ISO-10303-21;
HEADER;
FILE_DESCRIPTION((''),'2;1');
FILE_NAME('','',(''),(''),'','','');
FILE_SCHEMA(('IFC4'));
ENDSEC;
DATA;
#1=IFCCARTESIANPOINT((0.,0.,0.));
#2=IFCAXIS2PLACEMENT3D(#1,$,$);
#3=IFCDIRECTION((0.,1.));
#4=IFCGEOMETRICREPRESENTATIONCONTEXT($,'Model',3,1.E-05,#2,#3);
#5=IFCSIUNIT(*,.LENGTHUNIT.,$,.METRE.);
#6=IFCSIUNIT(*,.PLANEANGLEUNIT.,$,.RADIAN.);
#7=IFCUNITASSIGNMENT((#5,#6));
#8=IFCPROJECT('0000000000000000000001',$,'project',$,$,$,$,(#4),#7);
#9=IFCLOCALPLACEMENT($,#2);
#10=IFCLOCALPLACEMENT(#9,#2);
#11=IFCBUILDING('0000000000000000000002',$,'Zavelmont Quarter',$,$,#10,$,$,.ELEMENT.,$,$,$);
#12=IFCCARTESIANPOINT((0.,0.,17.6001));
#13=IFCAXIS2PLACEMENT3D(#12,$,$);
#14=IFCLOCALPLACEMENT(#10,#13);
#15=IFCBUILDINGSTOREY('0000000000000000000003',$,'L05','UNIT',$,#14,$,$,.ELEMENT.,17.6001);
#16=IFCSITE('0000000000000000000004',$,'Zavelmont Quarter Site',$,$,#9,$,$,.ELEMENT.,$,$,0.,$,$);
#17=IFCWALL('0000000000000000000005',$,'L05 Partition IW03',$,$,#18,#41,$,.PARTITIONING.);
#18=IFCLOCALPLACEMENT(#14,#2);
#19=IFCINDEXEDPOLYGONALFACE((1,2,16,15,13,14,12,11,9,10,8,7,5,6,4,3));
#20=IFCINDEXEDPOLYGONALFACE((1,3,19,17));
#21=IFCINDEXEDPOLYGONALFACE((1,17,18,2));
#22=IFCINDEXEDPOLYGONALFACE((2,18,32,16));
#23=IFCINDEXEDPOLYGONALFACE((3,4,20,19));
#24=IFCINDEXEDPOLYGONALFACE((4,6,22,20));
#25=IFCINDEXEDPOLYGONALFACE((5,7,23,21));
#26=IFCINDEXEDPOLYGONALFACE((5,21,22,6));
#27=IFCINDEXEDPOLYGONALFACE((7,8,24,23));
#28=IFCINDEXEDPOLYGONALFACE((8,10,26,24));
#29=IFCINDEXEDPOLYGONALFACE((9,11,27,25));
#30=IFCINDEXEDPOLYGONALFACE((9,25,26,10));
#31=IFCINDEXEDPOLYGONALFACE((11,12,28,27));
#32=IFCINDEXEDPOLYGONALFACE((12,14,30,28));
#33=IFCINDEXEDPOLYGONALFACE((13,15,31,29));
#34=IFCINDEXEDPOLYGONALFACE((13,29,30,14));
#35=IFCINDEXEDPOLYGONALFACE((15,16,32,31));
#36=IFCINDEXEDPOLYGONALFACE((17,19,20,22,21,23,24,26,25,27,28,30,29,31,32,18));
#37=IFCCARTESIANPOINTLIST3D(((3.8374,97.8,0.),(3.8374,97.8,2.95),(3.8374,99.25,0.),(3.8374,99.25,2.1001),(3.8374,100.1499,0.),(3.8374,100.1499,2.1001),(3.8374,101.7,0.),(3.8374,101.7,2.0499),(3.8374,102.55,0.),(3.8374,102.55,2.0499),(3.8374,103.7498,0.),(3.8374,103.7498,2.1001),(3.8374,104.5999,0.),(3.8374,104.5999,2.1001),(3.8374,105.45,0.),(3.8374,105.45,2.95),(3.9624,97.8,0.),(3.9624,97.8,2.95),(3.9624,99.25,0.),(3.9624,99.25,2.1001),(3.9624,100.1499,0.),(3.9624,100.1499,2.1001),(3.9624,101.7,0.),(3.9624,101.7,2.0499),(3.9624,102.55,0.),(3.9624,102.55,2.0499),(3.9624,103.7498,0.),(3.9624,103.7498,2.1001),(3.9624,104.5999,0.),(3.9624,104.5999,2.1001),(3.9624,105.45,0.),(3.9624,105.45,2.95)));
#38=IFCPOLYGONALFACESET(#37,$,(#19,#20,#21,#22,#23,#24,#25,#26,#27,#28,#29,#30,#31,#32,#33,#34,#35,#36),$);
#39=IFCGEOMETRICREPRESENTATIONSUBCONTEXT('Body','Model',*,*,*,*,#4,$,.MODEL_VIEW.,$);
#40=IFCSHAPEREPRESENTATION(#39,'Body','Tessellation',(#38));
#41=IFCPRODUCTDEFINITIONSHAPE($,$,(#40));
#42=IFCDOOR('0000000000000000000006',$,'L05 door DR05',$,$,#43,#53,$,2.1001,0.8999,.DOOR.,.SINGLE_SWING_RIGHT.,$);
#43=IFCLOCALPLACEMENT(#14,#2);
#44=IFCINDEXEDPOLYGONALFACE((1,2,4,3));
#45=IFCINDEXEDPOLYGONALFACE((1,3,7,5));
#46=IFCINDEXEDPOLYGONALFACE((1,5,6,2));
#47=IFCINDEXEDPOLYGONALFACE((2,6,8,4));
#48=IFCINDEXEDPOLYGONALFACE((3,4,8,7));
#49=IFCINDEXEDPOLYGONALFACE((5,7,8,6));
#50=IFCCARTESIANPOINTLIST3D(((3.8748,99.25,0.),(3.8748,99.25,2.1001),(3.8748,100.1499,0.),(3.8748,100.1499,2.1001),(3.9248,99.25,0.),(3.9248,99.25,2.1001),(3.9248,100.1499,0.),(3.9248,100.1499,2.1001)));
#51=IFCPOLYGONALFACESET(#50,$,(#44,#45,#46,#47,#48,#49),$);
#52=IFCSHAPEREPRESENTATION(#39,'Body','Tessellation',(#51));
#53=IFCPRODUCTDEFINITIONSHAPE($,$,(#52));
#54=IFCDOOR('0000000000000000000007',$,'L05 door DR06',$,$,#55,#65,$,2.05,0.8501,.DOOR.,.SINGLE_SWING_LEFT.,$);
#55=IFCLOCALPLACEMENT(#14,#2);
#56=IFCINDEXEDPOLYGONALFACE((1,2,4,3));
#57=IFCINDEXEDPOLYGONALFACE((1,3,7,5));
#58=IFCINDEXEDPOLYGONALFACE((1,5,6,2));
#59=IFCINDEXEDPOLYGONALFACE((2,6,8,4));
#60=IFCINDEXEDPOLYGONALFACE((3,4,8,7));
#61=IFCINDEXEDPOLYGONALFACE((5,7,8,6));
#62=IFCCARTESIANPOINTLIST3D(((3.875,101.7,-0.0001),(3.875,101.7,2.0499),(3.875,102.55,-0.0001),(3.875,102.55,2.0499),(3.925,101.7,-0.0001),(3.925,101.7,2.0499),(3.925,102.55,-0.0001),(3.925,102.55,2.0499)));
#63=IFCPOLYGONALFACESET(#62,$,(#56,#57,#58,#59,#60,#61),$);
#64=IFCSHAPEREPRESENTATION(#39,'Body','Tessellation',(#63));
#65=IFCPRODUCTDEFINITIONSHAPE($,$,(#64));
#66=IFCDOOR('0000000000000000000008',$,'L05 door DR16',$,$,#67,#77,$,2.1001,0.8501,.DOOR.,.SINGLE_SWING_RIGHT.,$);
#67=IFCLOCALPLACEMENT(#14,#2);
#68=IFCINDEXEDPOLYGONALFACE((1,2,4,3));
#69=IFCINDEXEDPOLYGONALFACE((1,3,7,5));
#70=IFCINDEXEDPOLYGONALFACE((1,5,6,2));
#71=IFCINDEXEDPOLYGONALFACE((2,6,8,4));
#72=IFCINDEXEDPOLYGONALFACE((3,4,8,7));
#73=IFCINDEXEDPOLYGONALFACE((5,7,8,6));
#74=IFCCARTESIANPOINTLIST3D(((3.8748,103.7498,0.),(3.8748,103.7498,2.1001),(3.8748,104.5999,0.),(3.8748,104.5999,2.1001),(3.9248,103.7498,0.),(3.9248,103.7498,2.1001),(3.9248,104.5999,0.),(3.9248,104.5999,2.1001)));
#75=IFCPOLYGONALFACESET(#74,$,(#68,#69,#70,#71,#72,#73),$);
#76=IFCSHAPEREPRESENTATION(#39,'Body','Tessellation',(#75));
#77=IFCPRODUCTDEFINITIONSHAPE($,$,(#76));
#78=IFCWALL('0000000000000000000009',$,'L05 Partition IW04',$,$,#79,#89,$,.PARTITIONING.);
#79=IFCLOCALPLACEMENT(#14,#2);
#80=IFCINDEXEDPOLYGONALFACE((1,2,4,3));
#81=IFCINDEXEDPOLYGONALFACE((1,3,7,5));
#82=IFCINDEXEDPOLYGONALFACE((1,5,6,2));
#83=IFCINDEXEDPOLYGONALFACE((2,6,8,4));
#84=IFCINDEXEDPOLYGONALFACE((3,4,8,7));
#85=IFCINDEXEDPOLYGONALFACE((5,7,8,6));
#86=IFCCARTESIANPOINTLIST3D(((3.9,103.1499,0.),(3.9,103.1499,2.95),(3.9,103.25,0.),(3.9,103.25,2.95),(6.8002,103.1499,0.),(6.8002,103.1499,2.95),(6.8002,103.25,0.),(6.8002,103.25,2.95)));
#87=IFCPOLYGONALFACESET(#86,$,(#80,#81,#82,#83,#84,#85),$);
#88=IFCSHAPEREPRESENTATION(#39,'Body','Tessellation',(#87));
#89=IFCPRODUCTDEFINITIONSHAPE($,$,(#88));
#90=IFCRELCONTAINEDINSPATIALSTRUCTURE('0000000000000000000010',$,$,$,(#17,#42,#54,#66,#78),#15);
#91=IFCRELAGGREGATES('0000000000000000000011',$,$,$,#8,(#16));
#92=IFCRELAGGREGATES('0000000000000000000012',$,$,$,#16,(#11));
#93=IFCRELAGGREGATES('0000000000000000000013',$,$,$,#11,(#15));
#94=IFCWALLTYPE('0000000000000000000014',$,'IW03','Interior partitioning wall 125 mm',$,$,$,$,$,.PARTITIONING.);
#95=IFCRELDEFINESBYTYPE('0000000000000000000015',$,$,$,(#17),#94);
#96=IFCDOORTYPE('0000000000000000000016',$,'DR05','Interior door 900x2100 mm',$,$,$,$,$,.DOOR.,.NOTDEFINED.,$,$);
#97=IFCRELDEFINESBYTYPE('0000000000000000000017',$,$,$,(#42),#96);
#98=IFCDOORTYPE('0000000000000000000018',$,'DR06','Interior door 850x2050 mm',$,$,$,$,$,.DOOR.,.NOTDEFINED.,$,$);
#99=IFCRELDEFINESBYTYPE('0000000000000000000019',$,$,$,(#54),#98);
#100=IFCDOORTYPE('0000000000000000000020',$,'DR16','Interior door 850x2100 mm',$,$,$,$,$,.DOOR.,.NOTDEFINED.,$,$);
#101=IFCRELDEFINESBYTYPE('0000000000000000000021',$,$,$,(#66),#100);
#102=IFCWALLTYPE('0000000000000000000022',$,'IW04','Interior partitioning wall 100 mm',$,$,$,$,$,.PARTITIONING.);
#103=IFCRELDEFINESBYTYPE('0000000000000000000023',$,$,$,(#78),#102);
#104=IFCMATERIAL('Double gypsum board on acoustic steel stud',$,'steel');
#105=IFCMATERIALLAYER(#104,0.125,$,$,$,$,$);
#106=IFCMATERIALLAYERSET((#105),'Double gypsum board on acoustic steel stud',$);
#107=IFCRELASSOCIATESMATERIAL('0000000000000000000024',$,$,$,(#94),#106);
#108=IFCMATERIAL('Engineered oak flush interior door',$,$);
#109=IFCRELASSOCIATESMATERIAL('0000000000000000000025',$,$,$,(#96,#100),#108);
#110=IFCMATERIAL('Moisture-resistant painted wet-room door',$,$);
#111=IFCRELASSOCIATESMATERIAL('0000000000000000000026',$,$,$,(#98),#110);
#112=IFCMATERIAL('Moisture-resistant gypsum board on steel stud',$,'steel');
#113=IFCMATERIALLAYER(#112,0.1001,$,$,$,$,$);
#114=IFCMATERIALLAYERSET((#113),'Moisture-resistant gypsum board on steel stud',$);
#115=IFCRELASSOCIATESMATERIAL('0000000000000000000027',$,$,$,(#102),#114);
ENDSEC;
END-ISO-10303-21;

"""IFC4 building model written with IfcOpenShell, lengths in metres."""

from ifc_helpers import new_model, si_unit, direction, frame, frame_2d, origin, origin_with_axes, place, context, subcontext, project, spatial, rectangle, extrude, material, layer, layer_set, type_object, element, fill, save


model = new_model("IFC4")

# Units and contexts
model_context = context("Model", 3, precision=1e-05, world=origin(), true_north=direction((0.0, 1.0)))
body_context = subcontext(model_context, "Body", "Model", "MODEL_VIEW")
ifc_project = project(units=[si_unit("LENGTHUNIT", "METRE"), si_unit("PLANEANGLEUNIT", "RADIAN")], contexts=[model_context])

# Site, building, storey
site_placement = place(None, origin())
site = spatial("IfcSite", under=ifc_project, at=site_placement, Name="Zavelmont Quarter Site", CompositionType="ELEMENT", RefElevation=0.0)
building_placement = place(site_placement, origin())
building = spatial("IfcBuilding", under=site, at=building_placement, Name="Zavelmont Quarter", CompositionType="ELEMENT")
storey_placement = place(building_placement, frame((0.0, 0.0, 17.6001)))
storey = spatial("IfcBuildingStorey", under=building, at=storey_placement, Name="L05", Description="UNIT", CompositionType="ELEMENT", Elevation=17.6001)

# Wall, openings, doors
ifc_material_1 = material(Name="Double gypsum board on acoustic steel stud", Category="steel")
ifc_layer_1 = layer(ifc_material_1, 0.125)
ifc_layer_set_1 = layer_set([ifc_layer_1], Name="Double gypsum board on acoustic steel stud")
wall_type_1 = type_object("IfcWallType", Name="IW03", Description="Interior partitioning wall 125 mm", PredefinedType="PARTITIONING", material=ifc_layer_set_1)
wall_1_placement = place(storey_placement, frame((3.8999, 105.45, 0.0), z_axis=(0.0, 0.0, 1.0), x_axis=(0.0, -1.0, 0.0)))
wall_1 = element("IfcWall", 1, at=wall_1_placement, inside=storey, type_object=wall_type_1, Name="L05 Partition IW03", PredefinedType="PARTITIONING", context=body_context, shape_type="SweptSolid", body=[
    extrude(rectangle(XDim=7.6499, YDim=0.125, at=frame_2d((3.825, 0.0))), origin(), (0.0, 0.0, 1.0), 2.95),
])
opening_1_placement = place(wall_1_placement, frame((0.8501, 0.0, 0.0)))
opening_1 = element("IfcOpeningElement", 2, at=opening_1_placement, cuts=wall_1, PredefinedType="OPENING", context=body_context, shape_type="SweptSolid", body=[
    extrude(rectangle(XDim=0.8501, YDim=2.1001, at=frame_2d((0.425, 1.05))), frame((0.0, 0.0745, 0.0), z_axis=(0.0, -1.0, 0.0), x_axis=(1.0, 0.0, 0.0)), (0.0, 0.0, 1.0), 0.1489),
])
opening_2_placement = place(wall_1_placement, frame((2.8999, 0.0, 0.0)))
opening_2 = element("IfcOpeningElement", 3, at=opening_2_placement, cuts=wall_1, PredefinedType="OPENING", context=body_context, shape_type="SweptSolid", body=[
    extrude(rectangle(XDim=0.8501, YDim=2.05, at=frame_2d((0.425, 1.0249))), frame((0.0, 0.0745, 0.0), z_axis=(0.0, -1.0, 0.0), x_axis=(1.0, 0.0, 0.0)), (0.0, 0.0, 1.0), 0.1489),
])
opening_3_placement = place(wall_1_placement, frame((5.3, 0.0, 0.0)))
opening_3 = element("IfcOpeningElement", 4, at=opening_3_placement, cuts=wall_1, PredefinedType="OPENING", context=body_context, shape_type="SweptSolid", body=[
    extrude(rectangle(XDim=0.8999, YDim=2.1001, at=frame_2d((0.45, 1.05))), frame((0.0, 0.0745, 0.0), z_axis=(0.0, -1.0, 0.0), x_axis=(1.0, 0.0, 0.0)), (0.0, 0.0, 1.0), 0.1489),
])
ifc_material_2 = material(Name="Engineered oak flush interior door")
door_type_1 = type_object("IfcDoorType", Name="DR05", Description="Interior door 900x2100 mm", OperationType="NOTDEFINED", PredefinedType="DOOR", material=ifc_material_2)
door_1_placement = place(opening_3_placement, origin_with_axes())
door_1 = element("IfcDoor", 5, at=door_1_placement, inside=storey, type_object=door_type_1, Name="L05 door DR05", OperationType="SINGLE_SWING_RIGHT", OverallHeight=2.1001, OverallWidth=0.8999, PredefinedType="DOOR", context=body_context, shape_type="SweptSolid", body=[
    extrude(rectangle(XDim=0.8999, YDim=2.1001, at=frame_2d((0.45, 1.05))), frame((0.0, 0.0249, 0.0), z_axis=(0.0, -1.0, 0.0), x_axis=(1.0, 0.0, 0.0)), (0.0, 0.0, 1.0), 0.05),
])
fill(opening_3, door_1)
ifc_material_3 = material(Name="Moisture-resistant painted wet-room door")
door_type_2 = type_object("IfcDoorType", Name="DR06", Description="Interior door 850x2050 mm", OperationType="NOTDEFINED", PredefinedType="DOOR", material=ifc_material_3)
door_2_placement = place(opening_2_placement, frame((0.8501, 0.0, 0.0), z_axis=(0.0, 0.0, 1.0), x_axis=(-1.0, 0.0, 0.0)))
door_2 = element("IfcDoor", 6, at=door_2_placement, inside=storey, type_object=door_type_2, Name="L05 door DR06", OperationType="SINGLE_SWING_LEFT", OverallHeight=2.05, OverallWidth=0.8501, PredefinedType="DOOR", context=body_context, shape_type="SweptSolid", body=[
    extrude(rectangle(XDim=0.8501, YDim=2.05, at=frame_2d((0.425, 1.0249))), frame((0.0, 0.0249, 0.0), z_axis=(0.0, -1.0, 0.0), x_axis=(1.0, 0.0, 0.0)), (0.0, 0.0, 1.0), 0.05),
])
fill(opening_2, door_2)
door_type_3 = type_object("IfcDoorType", Name="DR16", Description="Interior door 850x2100 mm", OperationType="NOTDEFINED", PredefinedType="DOOR", material=ifc_material_2)
door_3_placement = place(opening_1_placement, origin_with_axes())
door_3 = element("IfcDoor", 7, at=door_3_placement, inside=storey, type_object=door_type_3, Name="L05 door DR16", OperationType="SINGLE_SWING_RIGHT", OverallHeight=2.1001, OverallWidth=0.8501, PredefinedType="DOOR", context=body_context, shape_type="SweptSolid", body=[
    extrude(rectangle(XDim=0.8501, YDim=2.1001, at=frame_2d((0.425, 1.05))), frame((0.0, 0.0249, 0.0), z_axis=(0.0, -1.0, 0.0), x_axis=(1.0, 0.0, 0.0)), (0.0, 0.0, 1.0), 0.05),
])
fill(opening_1, door_3)

# Wall
ifc_material_4 = material(Name="Moisture-resistant gypsum board on steel stud", Category="steel")
ifc_layer_2 = layer(ifc_material_4, 0.1001)
ifc_layer_set_2 = layer_set([ifc_layer_2], Name="Moisture-resistant gypsum board on steel stud")
wall_type_2 = type_object("IfcWallType", Name="IW04", Description="Interior partitioning wall 100 mm", PredefinedType="PARTITIONING", material=ifc_layer_set_2)
wall_2_placement = place(storey_placement, frame((3.8999, 103.2, 0.0), z_axis=(0.0, 0.0, 1.0), x_axis=(1.0, 0.0, 0.0)))
element("IfcWall", 8, at=wall_2_placement, inside=storey, type_object=wall_type_2, Name="L05 Partition IW04", PredefinedType="PARTITIONING", context=body_context, shape_type="SweptSolid", body=[
    extrude(rectangle(XDim=2.9001, YDim=0.1001, at=frame_2d((1.4502, 0.0))), origin(), (0.0, 0.0, 1.0), 2.95),
])

save(model, "model.ifc")
